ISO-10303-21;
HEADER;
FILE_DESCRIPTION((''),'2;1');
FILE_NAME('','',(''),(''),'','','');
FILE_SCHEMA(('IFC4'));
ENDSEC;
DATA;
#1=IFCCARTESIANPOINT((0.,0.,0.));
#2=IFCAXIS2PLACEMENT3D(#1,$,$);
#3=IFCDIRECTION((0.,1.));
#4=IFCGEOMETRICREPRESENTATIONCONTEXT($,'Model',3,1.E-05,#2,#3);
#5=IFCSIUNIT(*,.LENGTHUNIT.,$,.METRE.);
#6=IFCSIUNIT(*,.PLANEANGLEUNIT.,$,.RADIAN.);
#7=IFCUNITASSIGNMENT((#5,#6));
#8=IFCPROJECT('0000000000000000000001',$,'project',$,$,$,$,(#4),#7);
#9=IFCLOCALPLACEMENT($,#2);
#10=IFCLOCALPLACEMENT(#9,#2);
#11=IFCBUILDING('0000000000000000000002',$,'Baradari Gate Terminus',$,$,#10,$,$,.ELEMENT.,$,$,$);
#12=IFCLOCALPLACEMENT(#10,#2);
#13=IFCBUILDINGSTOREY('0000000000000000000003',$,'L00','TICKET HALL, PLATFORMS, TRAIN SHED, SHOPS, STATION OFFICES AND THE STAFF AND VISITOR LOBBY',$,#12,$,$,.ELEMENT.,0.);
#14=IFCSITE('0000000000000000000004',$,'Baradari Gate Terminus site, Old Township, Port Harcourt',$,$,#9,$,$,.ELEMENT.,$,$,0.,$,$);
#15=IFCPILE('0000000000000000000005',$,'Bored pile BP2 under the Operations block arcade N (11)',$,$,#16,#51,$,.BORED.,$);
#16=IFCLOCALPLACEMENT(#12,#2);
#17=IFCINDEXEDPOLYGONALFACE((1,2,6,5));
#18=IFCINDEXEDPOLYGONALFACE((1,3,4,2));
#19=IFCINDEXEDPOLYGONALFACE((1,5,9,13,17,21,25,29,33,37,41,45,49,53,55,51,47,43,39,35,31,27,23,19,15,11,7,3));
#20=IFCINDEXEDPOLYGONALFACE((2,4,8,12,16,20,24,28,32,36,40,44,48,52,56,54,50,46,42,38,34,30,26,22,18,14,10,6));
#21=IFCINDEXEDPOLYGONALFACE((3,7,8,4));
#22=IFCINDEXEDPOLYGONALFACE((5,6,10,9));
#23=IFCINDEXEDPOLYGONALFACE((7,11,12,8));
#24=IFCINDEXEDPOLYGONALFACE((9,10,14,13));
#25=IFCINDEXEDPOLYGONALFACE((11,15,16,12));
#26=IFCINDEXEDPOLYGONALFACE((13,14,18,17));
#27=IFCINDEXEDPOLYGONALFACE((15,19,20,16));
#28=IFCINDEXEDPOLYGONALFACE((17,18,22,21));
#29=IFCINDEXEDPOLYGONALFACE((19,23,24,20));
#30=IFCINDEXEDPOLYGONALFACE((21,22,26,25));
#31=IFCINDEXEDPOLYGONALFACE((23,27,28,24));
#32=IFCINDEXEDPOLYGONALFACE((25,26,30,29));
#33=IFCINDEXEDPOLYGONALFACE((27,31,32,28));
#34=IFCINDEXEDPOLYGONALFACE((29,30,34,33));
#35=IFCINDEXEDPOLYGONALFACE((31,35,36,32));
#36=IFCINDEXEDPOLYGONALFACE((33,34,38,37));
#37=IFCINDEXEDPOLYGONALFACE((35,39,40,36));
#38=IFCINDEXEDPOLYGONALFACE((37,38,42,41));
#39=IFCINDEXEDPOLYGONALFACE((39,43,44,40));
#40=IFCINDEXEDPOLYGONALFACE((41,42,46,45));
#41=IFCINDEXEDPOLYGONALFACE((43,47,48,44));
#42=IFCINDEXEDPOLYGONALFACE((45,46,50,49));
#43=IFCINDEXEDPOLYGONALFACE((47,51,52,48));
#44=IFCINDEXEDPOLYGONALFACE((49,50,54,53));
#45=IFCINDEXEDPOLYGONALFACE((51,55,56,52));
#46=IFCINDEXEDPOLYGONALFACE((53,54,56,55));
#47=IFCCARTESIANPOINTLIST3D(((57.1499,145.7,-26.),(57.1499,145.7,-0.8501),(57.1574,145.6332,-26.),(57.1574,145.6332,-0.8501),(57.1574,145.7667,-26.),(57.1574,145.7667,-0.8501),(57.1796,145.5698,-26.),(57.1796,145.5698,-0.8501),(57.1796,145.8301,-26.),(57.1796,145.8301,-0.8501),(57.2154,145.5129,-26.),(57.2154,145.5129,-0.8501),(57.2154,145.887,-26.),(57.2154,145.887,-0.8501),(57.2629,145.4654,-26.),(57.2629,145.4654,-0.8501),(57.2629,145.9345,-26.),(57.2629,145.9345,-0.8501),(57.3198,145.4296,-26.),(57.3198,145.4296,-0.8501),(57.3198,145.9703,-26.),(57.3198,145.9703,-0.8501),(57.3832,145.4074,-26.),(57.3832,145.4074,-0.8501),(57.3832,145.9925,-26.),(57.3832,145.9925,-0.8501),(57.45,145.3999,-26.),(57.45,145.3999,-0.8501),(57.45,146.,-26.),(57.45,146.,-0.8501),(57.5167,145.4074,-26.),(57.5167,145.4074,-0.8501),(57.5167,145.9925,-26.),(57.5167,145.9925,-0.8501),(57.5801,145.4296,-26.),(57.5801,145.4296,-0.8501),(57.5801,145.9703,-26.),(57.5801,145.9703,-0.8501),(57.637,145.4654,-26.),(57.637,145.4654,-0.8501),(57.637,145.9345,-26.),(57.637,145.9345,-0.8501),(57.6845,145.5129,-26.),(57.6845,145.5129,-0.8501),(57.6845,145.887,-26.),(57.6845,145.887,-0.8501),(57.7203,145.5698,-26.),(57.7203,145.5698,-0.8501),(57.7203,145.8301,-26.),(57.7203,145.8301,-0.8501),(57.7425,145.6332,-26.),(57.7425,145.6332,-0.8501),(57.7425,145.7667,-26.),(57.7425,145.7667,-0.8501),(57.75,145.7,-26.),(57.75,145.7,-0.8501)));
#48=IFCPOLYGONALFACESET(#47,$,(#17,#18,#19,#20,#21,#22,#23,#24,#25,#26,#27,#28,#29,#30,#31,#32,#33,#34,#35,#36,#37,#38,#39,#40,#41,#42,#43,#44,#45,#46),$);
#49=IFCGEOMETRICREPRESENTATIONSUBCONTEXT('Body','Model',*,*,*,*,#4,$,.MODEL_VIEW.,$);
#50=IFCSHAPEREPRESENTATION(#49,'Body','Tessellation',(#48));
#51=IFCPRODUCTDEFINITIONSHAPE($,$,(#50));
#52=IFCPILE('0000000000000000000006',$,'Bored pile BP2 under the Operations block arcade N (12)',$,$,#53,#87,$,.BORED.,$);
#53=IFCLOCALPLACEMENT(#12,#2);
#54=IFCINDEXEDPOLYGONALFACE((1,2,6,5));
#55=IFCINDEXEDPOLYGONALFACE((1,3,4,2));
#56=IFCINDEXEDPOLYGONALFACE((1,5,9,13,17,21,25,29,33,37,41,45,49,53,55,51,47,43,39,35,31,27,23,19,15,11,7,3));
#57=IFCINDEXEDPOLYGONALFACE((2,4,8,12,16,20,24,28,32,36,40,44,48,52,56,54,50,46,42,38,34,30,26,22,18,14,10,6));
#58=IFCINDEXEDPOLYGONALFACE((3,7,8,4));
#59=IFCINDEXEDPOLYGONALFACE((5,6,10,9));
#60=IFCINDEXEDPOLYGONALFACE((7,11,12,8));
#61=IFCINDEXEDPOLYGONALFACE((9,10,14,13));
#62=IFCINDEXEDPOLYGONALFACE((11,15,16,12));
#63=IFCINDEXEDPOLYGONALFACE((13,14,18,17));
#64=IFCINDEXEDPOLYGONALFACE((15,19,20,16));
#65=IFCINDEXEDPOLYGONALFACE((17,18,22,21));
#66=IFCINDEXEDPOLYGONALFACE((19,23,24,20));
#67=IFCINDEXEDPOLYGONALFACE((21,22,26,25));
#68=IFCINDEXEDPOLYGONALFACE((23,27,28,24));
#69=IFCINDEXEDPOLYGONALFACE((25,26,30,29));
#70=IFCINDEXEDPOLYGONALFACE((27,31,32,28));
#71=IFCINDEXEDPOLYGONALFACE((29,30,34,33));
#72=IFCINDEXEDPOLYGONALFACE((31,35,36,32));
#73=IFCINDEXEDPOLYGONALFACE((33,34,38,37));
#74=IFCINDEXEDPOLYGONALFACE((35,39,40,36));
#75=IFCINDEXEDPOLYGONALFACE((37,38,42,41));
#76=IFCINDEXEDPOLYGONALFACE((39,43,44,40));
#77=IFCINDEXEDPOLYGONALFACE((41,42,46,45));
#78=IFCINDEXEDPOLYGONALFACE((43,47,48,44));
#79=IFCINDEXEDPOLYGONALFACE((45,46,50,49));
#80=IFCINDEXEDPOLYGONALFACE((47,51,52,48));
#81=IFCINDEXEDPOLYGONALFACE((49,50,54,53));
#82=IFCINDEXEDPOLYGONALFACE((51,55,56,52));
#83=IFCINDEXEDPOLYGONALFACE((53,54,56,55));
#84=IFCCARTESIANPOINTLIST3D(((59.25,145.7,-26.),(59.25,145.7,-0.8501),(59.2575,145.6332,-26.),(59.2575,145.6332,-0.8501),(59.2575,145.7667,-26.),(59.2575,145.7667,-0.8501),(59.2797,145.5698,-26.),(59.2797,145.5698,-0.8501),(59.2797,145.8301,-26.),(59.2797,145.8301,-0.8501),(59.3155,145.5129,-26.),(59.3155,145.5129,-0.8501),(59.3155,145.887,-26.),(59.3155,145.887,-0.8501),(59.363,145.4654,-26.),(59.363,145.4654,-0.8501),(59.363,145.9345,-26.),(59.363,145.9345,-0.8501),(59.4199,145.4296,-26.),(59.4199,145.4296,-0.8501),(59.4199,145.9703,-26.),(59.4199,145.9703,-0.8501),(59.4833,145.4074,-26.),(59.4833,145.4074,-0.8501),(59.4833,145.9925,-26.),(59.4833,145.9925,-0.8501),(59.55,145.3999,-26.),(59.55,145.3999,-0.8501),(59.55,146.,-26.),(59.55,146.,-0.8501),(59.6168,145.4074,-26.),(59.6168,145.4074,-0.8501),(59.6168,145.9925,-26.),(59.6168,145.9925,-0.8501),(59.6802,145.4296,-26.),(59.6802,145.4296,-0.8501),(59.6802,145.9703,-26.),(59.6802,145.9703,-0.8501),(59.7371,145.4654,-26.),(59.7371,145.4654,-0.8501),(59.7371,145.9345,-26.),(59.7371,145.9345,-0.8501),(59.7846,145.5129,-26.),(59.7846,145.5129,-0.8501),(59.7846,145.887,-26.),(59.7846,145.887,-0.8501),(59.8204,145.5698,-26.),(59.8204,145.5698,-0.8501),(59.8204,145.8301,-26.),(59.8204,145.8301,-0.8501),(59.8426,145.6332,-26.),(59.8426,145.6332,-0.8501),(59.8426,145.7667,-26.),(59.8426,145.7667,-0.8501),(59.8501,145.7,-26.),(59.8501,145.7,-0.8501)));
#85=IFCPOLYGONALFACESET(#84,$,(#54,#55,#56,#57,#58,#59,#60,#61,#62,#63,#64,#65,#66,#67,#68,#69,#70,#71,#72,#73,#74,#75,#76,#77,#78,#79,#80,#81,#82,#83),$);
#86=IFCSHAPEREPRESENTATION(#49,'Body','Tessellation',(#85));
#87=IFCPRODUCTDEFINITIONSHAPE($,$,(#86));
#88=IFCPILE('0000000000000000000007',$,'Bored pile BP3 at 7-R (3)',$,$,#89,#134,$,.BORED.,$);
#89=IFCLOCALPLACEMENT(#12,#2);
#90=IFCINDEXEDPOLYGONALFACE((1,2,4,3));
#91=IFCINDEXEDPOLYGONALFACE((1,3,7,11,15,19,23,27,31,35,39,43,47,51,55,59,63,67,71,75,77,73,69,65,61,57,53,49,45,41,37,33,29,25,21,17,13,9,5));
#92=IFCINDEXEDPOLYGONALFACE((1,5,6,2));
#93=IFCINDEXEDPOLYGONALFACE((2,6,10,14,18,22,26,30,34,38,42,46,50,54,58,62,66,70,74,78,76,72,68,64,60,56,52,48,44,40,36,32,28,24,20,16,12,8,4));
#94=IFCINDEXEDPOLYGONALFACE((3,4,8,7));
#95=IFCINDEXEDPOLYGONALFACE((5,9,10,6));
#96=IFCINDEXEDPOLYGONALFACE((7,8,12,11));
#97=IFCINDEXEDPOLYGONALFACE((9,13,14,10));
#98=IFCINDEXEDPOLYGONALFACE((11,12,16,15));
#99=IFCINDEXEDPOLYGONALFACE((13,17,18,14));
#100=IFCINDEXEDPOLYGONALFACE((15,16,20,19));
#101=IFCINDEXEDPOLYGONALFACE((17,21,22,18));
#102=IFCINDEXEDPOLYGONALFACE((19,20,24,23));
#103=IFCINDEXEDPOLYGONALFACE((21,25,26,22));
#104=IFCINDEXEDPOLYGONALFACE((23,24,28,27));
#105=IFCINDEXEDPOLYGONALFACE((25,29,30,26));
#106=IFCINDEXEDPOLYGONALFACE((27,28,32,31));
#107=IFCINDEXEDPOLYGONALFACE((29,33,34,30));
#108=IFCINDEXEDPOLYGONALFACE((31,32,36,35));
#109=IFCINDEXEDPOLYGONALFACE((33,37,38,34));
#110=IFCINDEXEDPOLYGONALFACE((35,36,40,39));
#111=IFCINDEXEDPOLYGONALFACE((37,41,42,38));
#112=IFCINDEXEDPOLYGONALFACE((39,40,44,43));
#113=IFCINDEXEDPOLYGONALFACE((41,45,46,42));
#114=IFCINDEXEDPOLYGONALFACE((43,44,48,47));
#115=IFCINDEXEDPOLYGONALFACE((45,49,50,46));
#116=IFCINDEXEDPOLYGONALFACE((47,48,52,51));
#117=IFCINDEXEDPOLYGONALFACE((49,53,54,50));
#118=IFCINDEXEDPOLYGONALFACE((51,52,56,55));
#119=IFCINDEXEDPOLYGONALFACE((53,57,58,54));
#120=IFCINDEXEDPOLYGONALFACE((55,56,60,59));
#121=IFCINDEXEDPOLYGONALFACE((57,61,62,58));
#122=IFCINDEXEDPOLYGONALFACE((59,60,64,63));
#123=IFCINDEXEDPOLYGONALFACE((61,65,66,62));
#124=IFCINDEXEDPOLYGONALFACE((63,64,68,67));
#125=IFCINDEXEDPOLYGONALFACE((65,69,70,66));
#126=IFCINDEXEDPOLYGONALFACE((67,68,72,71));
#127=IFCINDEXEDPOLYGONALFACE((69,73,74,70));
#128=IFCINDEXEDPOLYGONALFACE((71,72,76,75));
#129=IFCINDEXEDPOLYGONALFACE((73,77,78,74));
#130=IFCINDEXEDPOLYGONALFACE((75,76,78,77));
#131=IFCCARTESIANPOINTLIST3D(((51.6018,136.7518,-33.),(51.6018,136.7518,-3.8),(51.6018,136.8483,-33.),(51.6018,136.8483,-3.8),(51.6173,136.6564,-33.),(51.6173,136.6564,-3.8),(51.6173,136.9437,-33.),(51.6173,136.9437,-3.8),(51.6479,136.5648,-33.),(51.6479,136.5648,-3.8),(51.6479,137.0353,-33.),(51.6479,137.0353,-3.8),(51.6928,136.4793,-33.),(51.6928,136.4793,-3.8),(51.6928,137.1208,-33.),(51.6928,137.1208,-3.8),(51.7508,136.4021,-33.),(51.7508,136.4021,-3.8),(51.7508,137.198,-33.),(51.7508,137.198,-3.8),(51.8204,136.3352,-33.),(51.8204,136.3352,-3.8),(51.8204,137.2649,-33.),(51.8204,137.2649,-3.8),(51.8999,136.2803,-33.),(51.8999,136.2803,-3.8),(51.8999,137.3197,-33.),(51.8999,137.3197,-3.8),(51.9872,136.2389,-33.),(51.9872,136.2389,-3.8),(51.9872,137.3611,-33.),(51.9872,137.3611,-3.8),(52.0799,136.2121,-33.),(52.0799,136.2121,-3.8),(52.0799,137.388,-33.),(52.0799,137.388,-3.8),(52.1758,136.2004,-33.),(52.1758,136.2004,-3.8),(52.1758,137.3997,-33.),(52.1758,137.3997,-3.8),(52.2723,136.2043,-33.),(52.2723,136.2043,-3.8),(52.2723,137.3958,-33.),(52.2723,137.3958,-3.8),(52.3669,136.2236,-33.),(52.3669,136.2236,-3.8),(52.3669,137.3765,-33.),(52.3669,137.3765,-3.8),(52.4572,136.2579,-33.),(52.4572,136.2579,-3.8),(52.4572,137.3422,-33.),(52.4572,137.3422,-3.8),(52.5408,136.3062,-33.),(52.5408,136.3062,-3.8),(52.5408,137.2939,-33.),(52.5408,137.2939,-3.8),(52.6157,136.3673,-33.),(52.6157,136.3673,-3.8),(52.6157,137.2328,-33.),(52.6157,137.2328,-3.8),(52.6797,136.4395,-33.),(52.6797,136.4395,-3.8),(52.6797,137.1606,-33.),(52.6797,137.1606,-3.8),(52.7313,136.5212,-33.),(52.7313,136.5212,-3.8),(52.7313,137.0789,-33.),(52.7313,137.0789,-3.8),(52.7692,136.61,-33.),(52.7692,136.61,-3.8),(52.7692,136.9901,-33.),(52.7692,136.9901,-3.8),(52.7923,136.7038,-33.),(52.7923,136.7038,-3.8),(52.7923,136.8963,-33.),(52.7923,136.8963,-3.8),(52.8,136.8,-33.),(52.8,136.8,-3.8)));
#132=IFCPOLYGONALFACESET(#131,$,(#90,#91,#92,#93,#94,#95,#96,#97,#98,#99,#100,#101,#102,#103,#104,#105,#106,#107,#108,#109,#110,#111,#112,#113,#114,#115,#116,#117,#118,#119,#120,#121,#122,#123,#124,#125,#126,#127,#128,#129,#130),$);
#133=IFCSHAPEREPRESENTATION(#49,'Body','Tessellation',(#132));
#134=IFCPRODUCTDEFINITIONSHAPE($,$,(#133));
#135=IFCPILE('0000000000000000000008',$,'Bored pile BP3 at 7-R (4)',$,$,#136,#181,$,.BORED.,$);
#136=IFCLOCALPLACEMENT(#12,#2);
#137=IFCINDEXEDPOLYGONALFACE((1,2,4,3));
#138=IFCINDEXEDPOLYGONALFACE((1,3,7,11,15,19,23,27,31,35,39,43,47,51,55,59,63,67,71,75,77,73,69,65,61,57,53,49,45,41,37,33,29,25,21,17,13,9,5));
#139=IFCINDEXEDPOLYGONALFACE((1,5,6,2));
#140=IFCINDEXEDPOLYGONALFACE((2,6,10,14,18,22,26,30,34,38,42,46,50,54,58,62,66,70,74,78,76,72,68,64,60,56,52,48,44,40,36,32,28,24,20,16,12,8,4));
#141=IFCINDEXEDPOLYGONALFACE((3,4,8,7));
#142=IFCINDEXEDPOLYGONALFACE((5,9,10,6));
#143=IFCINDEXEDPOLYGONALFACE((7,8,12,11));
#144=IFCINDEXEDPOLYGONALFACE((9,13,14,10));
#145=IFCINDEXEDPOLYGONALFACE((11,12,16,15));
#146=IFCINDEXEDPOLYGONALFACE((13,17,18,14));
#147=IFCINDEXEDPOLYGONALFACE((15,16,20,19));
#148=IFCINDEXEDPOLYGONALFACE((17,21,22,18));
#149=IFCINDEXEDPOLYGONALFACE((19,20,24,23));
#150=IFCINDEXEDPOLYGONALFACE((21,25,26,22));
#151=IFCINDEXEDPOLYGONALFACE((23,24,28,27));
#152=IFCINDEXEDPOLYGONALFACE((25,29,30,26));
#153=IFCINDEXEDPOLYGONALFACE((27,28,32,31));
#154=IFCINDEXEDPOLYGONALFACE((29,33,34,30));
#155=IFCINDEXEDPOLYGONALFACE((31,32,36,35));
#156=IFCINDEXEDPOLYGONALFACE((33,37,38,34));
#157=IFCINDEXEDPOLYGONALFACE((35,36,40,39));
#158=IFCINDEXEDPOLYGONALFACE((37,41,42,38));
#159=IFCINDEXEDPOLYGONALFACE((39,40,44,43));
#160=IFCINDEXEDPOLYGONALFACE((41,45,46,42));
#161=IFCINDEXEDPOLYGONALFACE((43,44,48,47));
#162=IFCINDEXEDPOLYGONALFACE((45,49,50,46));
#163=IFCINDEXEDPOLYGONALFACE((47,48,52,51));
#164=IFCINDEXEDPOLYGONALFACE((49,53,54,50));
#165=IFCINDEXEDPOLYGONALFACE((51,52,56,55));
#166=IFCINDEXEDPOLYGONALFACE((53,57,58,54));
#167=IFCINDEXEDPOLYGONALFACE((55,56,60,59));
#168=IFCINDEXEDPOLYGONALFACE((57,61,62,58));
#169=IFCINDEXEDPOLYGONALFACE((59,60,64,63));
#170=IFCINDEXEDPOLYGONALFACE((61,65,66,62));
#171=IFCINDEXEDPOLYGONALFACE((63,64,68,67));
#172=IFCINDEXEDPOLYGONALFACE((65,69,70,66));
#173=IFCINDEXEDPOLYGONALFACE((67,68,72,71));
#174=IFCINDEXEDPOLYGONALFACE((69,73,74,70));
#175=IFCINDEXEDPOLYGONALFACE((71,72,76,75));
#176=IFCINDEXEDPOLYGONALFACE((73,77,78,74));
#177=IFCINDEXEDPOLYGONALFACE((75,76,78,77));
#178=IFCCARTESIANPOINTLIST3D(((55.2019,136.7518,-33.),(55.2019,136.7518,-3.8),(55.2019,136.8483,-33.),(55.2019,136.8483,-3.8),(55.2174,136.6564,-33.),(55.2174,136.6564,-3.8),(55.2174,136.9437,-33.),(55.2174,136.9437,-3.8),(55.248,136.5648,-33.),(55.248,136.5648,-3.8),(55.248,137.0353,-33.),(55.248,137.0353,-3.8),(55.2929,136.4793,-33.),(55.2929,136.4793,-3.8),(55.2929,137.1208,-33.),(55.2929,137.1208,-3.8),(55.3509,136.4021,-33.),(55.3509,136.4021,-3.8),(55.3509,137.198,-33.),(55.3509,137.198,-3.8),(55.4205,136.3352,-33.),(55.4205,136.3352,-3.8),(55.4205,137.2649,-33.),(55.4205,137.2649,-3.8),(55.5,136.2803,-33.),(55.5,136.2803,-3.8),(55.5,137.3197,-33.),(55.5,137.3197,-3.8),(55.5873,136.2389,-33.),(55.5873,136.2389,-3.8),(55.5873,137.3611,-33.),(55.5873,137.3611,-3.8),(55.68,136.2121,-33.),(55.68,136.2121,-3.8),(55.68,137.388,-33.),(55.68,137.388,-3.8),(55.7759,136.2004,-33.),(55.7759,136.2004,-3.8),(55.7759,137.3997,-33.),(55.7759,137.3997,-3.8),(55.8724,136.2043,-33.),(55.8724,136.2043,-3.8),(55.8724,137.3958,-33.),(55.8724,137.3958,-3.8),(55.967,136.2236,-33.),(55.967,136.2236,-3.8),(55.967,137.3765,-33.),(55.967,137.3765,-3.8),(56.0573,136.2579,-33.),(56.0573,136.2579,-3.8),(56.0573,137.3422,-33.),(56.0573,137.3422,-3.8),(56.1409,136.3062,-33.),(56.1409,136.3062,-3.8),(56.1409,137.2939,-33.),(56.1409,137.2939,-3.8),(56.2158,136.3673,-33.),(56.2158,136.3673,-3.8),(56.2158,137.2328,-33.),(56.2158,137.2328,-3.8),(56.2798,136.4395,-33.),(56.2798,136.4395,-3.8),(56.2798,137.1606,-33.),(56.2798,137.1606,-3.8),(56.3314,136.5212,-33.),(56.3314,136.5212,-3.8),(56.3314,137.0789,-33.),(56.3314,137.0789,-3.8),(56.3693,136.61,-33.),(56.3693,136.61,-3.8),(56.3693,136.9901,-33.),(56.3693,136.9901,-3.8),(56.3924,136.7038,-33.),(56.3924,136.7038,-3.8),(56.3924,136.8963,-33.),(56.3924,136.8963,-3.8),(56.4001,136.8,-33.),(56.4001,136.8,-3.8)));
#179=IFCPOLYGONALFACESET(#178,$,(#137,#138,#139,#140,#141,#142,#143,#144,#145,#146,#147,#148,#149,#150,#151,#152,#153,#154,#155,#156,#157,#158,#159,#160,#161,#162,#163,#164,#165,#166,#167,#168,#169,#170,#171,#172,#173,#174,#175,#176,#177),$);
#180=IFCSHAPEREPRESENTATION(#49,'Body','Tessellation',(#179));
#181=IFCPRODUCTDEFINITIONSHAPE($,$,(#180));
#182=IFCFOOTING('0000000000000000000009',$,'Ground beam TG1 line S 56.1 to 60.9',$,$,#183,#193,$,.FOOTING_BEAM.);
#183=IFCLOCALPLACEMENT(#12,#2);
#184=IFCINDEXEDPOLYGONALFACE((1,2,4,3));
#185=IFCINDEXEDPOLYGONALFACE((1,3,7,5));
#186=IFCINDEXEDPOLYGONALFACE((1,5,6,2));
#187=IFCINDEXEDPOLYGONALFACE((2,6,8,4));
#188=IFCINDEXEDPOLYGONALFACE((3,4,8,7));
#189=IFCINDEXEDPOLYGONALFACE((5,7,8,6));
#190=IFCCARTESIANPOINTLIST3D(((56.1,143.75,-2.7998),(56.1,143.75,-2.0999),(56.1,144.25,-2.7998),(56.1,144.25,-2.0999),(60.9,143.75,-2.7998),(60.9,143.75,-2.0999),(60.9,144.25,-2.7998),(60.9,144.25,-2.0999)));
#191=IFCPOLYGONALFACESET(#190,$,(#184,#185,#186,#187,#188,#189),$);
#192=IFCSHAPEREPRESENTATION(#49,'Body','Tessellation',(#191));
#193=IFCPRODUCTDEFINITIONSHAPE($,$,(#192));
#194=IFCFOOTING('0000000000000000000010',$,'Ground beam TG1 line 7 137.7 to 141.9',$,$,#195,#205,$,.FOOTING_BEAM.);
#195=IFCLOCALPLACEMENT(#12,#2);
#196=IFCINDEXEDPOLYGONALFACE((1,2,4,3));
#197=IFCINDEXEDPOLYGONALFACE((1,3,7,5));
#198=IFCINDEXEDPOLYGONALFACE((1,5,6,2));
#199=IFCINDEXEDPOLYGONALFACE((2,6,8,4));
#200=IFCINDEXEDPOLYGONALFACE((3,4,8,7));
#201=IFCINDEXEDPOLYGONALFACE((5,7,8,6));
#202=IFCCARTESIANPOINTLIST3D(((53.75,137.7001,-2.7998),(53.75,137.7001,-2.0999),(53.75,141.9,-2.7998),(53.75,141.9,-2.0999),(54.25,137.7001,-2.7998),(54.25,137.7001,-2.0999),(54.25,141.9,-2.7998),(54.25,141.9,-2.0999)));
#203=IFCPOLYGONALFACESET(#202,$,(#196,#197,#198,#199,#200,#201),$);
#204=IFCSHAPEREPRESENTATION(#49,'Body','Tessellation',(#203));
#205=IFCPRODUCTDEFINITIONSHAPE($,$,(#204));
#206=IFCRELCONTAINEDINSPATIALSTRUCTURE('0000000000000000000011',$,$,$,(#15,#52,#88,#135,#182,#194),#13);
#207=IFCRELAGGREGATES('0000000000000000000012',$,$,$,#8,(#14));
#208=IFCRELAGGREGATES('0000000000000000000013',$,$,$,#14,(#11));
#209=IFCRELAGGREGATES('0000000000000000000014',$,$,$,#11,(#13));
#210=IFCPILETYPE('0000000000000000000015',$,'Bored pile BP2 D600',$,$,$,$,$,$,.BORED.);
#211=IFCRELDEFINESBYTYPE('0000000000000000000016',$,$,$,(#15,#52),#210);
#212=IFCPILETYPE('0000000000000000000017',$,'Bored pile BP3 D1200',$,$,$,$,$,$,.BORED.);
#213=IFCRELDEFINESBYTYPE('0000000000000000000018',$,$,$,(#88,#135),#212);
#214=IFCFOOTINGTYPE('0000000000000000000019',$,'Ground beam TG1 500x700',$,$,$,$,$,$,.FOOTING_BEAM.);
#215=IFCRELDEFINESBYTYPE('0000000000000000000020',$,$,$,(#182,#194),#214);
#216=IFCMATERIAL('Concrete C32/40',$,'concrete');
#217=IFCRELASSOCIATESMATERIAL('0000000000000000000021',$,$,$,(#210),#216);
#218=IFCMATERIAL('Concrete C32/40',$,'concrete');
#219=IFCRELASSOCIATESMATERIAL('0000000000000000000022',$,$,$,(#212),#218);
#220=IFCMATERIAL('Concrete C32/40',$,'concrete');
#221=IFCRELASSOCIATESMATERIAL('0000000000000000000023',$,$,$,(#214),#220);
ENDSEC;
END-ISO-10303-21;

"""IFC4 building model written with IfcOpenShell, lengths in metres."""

from ifc_helpers import new_model, si_unit, direction, frame, origin, origin_2d, place, context, subcontext, project, spatial, rectangle, circle, extrude, material, type_object, element, save


model = new_model("IFC4")

# Units and contexts
model_context = context("Model", 3, precision=1e-05, world=origin(), true_north=direction((0.0, 1.0)))
body_context = subcontext(model_context, "Body", "Model", "MODEL_VIEW")
ifc_project = project(units=[si_unit("LENGTHUNIT", "METRE"), si_unit("PLANEANGLEUNIT", "RADIAN")], contexts=[model_context])

# Site, building, storey
site_placement = place(None, origin())
site = spatial("IfcSite", under=ifc_project, at=site_placement, Name="Baradari Gate Terminus site, Old Township, Port Harcourt", CompositionType="ELEMENT", RefElevation=0.0)
building_placement = place(site_placement, origin())
building = spatial("IfcBuilding", under=site, at=building_placement, Name="Baradari Gate Terminus", CompositionType="ELEMENT")
storey_placement = place(building_placement, origin())
storey = spatial("IfcBuildingStorey", under=building, at=storey_placement, Name="L00", Description="TICKET HALL, PLATFORMS, TRAIN SHED, SHOPS, STATION OFFICES AND THE STAFF AND VISITOR LOBBY", CompositionType="ELEMENT", Elevation=0.0)

# Piles
ifc_material_1 = material(Name="Concrete C32/40", Category="concrete")
pile_type_1 = type_object("IfcPileType", Name="Bored pile BP2 D600", PredefinedType="BORED", material=ifc_material_1)
for number, where, z_axis, x_axis, name in (
    (1, (57.45, 145.7, -0.8501), (0.0, 0.0, -1.0), (1.0, 0.0, 0.0), "Bored pile BP2 under the Operations block arcade N (11)"),
    (2, (59.55, 145.7, -0.8501), (0.0, 0.0, -1.0), (1.0, 0.0, 0.0), "Bored pile BP2 under the Operations block arcade N (12)"),
):
    element("IfcPile", number, at=place(storey_placement, frame(where, z_axis=z_axis, x_axis=x_axis)), inside=storey, type_object=pile_type_1, Name=name, PredefinedType="BORED", context=body_context, shape_type="SweptSolid", body=[
        extrude(circle(Radius=0.3, at=origin_2d()), origin(), (0.0, 0.0, 1.0), 25.1499),
    ])
ifc_material_2 = material(Name="Concrete C32/40", Category="concrete")
pile_type_2 = type_object("IfcPileType", Name="Bored pile BP3 D1200", PredefinedType="BORED", material=ifc_material_2)
for number, where, z_axis, x_axis, name in (
    (3, (52.2, 136.8, -3.8), (0.0, 0.0, -1.0), (1.0, 0.0, 0.0), "Bored pile BP3 at 7-R (3)"),
    (4, (55.8, 136.8, -3.8), (0.0, 0.0, -1.0), (1.0, 0.0, 0.0), "Bored pile BP3 at 7-R (4)"),
):
    element("IfcPile", number, at=place(storey_placement, frame(where, z_axis=z_axis, x_axis=x_axis)), inside=storey, type_object=pile_type_2, Name=name, PredefinedType="BORED", context=body_context, shape_type="SweptSolid", body=[
        extrude(circle(Radius=0.6001, at=origin_2d()), origin(), (0.0, 0.0, 1.0), 29.2),
    ])

# Footings
ifc_material_3 = material(Name="Concrete C32/40", Category="concrete")
footing_type_1 = type_object("IfcFootingType", Name="Ground beam TG1 500x700", PredefinedType="FOOTING_BEAM", material=ifc_material_3)
footing_1_placement = place(storey_placement, frame((58.5, 144.0, -2.7998), z_axis=(0.0, 0.0, 1.0), x_axis=(1.0, 0.0, 0.0)))
element("IfcFooting", 5, at=footing_1_placement, inside=storey, type_object=footing_type_1, Name="Ground beam TG1 line S 56.1 to 60.9", PredefinedType="FOOTING_BEAM", context=body_context, shape_type="SweptSolid", body=[
    extrude(rectangle(XDim=4.8, YDim=0.5, at=origin_2d()), origin(), (0.0, 0.0, 1.0), 0.7),
])
footing_2_placement = place(storey_placement, frame((54.0, 139.8, -2.7998), z_axis=(0.0, 0.0, 1.0), x_axis=(1.0, 0.0, 0.0)))
element("IfcFooting", 6, at=footing_2_placement, inside=storey, type_object=footing_type_1, Name="Ground beam TG1 line 7 137.7 to 141.9", PredefinedType="FOOTING_BEAM", context=body_context, shape_type="SweptSolid", body=[
    extrude(rectangle(XDim=0.5, YDim=4.2, at=origin_2d()), origin(), (0.0, 0.0, 1.0), 0.7),
])

save(model, "model.ifc")
